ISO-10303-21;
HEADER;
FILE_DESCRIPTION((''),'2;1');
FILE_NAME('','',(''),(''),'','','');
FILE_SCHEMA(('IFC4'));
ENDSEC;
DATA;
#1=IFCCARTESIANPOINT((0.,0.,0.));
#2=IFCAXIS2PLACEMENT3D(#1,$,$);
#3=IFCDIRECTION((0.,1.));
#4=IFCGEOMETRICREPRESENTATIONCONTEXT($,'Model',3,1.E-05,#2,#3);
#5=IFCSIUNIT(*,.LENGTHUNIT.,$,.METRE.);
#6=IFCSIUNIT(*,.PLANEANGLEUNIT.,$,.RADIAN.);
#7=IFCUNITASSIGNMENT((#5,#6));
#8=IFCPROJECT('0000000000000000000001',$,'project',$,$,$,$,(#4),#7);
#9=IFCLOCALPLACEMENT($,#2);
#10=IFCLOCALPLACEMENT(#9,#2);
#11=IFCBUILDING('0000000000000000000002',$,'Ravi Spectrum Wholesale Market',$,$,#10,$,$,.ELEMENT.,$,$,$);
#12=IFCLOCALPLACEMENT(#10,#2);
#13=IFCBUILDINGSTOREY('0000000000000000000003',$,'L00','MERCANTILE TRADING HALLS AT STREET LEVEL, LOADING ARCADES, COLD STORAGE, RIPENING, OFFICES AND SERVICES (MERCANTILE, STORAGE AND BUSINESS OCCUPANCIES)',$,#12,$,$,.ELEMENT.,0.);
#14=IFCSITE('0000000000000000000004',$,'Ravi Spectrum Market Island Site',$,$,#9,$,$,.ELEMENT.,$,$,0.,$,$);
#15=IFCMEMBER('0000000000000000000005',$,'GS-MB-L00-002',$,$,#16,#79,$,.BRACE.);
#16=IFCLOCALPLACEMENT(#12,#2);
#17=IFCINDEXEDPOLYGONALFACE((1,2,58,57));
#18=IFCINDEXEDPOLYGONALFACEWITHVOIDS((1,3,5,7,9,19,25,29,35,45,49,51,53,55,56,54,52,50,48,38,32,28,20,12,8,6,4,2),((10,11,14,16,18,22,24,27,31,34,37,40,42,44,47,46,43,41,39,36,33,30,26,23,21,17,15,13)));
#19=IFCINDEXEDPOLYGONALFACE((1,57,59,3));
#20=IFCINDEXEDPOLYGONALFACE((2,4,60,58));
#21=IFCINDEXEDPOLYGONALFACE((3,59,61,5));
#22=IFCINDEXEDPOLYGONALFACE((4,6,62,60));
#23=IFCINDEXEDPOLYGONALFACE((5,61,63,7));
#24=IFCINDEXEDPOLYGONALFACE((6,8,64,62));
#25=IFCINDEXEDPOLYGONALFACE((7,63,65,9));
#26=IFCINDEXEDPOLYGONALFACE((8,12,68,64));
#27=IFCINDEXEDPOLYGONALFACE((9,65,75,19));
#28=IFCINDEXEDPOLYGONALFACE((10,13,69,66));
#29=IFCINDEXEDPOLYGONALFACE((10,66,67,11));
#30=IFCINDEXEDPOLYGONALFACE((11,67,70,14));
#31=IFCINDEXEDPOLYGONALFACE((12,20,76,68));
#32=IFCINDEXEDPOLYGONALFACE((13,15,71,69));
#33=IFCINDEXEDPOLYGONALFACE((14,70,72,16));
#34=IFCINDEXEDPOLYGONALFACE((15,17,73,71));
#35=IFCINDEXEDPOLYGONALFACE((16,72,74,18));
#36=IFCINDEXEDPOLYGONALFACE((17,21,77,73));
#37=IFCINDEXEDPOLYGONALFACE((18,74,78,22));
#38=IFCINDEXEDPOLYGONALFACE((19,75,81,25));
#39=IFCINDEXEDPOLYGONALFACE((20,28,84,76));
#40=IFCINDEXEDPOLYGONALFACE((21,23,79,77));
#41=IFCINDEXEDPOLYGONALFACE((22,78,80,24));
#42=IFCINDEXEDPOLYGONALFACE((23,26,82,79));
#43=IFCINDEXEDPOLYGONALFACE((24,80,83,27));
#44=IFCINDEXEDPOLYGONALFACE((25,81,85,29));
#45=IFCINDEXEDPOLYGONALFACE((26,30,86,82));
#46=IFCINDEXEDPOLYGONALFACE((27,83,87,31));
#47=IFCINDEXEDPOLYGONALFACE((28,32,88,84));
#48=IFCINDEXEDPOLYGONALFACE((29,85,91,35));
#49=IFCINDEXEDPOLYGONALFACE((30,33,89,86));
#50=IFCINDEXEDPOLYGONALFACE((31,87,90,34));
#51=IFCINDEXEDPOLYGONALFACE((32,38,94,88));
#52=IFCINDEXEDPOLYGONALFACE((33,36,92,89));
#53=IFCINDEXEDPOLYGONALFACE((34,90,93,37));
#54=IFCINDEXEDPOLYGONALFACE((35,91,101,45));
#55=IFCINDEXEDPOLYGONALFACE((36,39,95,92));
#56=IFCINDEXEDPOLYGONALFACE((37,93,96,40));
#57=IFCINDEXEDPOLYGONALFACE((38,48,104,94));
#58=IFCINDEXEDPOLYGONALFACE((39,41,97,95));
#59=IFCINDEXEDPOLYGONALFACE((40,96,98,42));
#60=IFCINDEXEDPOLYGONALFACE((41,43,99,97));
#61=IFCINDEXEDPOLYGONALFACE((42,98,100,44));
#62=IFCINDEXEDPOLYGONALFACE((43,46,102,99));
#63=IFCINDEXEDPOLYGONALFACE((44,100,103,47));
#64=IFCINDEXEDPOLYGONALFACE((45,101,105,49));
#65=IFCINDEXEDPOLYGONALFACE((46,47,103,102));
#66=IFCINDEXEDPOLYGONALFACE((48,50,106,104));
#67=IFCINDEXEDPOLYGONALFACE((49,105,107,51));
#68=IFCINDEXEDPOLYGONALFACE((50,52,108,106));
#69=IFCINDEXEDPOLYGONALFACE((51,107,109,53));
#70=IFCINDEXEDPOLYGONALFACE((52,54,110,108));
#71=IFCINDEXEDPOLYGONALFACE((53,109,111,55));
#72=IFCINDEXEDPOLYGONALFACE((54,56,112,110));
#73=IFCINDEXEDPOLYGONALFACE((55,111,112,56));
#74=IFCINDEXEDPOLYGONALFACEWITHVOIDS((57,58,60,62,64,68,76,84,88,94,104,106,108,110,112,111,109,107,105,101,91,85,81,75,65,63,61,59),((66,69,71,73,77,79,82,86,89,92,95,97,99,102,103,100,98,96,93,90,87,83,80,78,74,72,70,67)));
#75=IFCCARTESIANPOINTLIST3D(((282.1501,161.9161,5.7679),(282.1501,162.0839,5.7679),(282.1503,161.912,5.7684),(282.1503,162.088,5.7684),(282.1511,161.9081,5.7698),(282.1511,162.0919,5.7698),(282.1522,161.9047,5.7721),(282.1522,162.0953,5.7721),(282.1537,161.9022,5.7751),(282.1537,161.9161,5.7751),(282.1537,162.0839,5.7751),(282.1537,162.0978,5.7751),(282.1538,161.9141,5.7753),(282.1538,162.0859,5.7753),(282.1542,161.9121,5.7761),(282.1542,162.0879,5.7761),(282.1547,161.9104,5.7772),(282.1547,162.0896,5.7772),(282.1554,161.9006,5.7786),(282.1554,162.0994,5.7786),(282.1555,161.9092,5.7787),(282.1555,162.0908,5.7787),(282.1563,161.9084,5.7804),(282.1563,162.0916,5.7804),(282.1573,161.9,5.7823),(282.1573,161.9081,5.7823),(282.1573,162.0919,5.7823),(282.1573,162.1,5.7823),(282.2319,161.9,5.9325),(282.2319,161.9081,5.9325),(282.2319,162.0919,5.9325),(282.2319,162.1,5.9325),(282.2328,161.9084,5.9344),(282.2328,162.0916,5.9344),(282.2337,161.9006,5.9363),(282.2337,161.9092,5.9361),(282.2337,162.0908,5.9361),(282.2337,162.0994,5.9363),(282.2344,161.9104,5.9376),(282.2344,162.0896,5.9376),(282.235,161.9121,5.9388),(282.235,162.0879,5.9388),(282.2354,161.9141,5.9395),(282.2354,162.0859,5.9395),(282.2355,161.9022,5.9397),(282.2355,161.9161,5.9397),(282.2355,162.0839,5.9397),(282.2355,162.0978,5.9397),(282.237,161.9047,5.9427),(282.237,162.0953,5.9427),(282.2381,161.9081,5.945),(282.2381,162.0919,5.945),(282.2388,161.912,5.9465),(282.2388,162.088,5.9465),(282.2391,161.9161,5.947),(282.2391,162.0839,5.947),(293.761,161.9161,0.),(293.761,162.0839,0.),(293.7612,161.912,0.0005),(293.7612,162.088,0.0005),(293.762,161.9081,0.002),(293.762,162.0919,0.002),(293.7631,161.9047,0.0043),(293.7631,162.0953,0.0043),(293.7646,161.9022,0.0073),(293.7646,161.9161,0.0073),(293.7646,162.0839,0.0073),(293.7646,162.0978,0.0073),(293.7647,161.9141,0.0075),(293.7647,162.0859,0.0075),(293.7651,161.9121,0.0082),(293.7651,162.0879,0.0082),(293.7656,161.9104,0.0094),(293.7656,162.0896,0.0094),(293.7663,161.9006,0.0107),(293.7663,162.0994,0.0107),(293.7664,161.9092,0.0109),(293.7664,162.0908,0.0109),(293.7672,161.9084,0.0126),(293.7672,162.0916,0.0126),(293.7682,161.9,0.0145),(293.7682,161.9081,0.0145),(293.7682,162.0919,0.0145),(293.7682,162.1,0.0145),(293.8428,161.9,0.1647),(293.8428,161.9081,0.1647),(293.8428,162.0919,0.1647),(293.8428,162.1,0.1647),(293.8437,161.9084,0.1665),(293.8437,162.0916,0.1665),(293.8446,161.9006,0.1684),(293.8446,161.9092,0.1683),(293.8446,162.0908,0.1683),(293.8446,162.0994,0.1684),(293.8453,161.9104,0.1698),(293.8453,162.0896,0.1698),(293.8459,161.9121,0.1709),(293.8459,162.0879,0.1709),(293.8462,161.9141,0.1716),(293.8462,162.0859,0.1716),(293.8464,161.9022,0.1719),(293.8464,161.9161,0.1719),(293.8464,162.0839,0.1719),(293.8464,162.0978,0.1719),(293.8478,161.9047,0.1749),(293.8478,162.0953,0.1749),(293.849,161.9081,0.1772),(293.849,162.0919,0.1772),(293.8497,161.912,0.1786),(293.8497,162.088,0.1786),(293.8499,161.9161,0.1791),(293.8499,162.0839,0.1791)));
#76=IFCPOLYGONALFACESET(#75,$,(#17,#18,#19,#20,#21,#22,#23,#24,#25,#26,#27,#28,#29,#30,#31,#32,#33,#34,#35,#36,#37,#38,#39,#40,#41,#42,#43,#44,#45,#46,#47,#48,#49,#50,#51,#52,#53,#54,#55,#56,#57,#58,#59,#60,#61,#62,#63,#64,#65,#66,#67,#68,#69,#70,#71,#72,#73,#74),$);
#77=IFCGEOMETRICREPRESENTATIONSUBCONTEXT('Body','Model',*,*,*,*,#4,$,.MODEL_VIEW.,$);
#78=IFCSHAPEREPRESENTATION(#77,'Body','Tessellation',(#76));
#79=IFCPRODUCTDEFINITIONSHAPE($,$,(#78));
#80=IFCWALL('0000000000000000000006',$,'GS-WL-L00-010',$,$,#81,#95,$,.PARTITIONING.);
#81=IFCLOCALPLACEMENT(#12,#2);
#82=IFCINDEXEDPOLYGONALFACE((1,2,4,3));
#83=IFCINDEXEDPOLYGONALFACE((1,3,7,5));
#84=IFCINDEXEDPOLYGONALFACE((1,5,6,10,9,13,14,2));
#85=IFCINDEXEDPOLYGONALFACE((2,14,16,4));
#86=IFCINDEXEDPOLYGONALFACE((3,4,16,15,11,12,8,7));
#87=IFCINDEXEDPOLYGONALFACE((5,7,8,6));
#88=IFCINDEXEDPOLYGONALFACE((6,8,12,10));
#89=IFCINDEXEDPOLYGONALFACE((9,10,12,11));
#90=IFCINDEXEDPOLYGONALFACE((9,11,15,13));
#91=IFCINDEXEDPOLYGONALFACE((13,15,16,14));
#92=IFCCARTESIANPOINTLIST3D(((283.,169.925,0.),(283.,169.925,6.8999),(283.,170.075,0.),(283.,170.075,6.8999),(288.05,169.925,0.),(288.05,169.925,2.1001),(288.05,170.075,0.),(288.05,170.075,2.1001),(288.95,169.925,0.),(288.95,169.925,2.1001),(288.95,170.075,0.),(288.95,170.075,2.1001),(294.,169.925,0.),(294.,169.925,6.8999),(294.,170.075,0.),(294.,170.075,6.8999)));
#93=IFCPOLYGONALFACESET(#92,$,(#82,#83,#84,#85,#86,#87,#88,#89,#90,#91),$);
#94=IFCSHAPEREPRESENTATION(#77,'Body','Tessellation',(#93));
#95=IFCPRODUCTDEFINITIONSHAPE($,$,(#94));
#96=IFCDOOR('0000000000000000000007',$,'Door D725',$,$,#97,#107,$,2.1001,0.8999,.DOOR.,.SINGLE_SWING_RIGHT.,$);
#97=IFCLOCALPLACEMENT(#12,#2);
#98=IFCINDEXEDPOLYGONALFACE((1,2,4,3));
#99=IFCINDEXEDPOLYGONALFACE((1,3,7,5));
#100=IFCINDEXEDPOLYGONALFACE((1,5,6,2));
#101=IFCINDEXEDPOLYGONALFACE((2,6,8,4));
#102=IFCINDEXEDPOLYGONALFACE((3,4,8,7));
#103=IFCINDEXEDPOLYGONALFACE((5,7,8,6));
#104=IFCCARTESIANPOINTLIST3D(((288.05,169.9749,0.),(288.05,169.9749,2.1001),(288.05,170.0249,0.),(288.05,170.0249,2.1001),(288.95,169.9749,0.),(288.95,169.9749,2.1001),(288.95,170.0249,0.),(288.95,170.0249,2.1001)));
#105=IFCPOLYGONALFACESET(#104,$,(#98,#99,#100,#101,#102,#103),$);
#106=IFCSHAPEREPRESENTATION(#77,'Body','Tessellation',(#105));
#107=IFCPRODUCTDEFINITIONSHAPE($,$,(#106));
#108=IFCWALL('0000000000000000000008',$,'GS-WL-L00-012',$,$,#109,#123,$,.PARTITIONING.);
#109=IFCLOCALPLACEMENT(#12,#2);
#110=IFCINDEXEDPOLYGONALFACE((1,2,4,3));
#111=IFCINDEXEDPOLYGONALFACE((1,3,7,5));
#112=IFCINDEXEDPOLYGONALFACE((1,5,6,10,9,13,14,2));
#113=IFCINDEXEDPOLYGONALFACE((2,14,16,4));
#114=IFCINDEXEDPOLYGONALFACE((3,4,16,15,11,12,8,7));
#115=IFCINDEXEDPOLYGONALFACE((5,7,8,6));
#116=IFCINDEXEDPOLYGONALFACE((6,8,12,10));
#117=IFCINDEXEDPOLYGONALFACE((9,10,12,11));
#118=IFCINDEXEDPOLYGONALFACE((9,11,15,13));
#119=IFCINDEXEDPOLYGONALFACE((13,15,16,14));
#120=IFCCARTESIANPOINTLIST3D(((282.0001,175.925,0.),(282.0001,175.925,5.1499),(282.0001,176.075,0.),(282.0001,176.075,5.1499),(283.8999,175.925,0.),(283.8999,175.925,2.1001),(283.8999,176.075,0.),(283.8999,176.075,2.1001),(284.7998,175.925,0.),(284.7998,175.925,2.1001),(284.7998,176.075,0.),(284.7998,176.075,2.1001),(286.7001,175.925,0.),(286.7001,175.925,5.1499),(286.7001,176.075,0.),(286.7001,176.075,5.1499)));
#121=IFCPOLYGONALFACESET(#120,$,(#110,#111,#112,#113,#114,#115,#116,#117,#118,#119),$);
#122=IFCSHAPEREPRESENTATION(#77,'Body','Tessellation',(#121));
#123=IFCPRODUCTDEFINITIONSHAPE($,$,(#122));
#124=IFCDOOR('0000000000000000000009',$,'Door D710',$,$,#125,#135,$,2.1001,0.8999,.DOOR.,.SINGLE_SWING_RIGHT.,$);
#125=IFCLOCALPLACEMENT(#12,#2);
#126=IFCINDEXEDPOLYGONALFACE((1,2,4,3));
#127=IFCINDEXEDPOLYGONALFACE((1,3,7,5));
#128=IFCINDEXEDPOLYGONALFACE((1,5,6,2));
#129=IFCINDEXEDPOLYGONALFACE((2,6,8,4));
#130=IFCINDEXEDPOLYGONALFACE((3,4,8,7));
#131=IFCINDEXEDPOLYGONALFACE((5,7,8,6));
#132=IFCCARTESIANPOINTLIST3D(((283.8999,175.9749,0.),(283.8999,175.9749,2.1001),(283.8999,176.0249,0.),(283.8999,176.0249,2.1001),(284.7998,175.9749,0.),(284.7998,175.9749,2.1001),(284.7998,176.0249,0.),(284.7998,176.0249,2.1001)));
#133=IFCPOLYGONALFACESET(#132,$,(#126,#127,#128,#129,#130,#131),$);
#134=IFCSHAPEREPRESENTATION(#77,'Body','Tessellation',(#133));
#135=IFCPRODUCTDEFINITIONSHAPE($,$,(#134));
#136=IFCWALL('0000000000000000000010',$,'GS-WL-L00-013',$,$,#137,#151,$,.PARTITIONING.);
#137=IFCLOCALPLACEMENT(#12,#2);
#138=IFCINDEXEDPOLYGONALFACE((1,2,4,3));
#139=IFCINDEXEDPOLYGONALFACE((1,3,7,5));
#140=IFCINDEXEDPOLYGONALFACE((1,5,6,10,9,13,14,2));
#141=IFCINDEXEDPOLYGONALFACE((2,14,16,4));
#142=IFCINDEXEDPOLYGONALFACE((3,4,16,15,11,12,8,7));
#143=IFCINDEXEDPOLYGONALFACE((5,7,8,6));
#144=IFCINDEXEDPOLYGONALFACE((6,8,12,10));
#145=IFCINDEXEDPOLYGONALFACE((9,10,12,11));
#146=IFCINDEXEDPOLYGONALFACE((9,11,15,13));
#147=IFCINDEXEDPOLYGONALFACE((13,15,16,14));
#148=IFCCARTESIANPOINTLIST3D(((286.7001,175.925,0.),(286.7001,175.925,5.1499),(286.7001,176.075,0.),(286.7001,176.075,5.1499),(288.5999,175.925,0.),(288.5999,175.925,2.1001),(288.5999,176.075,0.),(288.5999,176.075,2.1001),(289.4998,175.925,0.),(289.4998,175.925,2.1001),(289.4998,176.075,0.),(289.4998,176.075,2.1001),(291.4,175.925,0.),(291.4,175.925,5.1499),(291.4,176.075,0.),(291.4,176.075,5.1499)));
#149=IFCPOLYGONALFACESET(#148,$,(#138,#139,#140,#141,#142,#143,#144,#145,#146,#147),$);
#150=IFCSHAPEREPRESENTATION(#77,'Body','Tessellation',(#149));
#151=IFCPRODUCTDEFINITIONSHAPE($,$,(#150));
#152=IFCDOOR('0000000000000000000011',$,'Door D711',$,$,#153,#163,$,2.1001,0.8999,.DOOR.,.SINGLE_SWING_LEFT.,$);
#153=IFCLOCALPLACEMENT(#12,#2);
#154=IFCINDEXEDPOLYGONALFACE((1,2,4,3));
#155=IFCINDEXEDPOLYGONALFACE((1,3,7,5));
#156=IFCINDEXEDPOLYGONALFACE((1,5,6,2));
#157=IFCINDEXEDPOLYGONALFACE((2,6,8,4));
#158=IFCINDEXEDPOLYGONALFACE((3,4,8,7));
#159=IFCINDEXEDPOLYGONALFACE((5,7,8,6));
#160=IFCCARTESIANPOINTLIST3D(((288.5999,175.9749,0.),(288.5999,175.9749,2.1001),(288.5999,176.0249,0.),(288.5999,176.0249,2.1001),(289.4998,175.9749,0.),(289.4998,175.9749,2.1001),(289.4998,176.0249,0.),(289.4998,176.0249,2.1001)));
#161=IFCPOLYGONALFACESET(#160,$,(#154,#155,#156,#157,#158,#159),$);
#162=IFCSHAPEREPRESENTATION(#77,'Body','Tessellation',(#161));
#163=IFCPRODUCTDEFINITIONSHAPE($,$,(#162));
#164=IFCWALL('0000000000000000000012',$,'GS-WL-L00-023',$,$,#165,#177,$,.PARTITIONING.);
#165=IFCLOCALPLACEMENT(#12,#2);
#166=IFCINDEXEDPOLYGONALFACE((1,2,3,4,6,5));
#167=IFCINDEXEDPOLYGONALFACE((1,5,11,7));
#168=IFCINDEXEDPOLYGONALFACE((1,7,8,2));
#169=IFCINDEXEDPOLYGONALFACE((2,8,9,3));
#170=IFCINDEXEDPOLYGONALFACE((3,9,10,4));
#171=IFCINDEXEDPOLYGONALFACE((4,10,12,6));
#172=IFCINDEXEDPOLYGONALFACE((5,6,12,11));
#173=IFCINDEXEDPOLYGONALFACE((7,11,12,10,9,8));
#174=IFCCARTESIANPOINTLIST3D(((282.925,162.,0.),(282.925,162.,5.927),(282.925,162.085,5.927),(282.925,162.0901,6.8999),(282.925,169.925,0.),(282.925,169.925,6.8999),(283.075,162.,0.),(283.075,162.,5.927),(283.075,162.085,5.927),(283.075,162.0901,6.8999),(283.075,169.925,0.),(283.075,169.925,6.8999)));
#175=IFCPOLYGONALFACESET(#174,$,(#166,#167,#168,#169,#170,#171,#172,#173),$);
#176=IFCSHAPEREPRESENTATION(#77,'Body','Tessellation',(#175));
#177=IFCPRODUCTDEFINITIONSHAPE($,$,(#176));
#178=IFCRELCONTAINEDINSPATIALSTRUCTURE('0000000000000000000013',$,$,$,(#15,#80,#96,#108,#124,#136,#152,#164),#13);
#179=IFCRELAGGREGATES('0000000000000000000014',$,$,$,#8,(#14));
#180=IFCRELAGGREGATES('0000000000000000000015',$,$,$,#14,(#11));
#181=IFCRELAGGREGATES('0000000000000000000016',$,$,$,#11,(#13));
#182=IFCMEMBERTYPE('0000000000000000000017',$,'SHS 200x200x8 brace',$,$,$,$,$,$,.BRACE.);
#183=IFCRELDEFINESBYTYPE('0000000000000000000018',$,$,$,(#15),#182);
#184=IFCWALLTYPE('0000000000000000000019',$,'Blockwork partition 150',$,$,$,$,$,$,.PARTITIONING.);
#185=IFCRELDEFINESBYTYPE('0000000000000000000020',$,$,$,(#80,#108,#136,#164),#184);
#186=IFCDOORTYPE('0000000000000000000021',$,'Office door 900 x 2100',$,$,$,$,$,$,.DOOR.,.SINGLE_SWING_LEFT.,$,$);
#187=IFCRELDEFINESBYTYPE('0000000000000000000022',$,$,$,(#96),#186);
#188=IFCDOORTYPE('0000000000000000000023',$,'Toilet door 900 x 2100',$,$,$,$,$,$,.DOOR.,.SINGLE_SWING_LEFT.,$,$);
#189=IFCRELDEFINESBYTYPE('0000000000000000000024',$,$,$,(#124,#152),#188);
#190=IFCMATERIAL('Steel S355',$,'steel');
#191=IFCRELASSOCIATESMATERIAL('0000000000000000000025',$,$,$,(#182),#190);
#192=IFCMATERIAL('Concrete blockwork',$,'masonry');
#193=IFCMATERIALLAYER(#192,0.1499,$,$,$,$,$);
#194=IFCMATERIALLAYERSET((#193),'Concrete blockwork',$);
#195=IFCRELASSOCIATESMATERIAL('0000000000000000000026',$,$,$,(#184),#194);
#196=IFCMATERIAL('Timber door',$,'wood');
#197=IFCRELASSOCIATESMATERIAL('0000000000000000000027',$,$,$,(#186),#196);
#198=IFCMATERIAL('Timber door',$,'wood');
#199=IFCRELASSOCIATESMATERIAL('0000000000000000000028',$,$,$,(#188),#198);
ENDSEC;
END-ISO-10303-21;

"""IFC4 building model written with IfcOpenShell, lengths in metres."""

from ifc_helpers import new_model, si_unit, direction, frame, frame_2d, origin, origin_2d, place, context, subcontext, project, spatial, polyline, rectangle, hollow_rectangle, outline, extrude, material, layer, layer_set, material_profile, profile_set, type_object, element, fill, save


model = new_model("IFC4")

# Units and contexts
model_context = context("Model", 3, precision=1e-05, world=origin(), true_north=direction((0.0, 1.0)))
body_context = subcontext(model_context, "Body", "Model", "MODEL_VIEW")
ifc_project = project(units=[si_unit("LENGTHUNIT", "METRE"), si_unit("PLANEANGLEUNIT", "RADIAN")], contexts=[model_context])

# Site, building, storey
site_placement = place(None, origin())
site = spatial("IfcSite", under=ifc_project, at=site_placement, Name="Ravi Spectrum Market Island Site", CompositionType="ELEMENT", RefElevation=0.0)
building_placement = place(site_placement, origin())
building = spatial("IfcBuilding", under=site, at=building_placement, Name="Ravi Spectrum Wholesale Market", CompositionType="ELEMENT")
storey_placement = place(building_placement, origin())
storey = spatial("IfcBuildingStorey", under=building, at=storey_placement, Name="L00", Description="MERCANTILE TRADING HALLS AT STREET LEVEL, LOADING ARCADES, COLD STORAGE, RIPENING, OFFICES AND SERVICES (MERCANTILE, STORAGE AND BUSINESS OCCUPANCIES)", CompositionType="ELEMENT", Elevation=0.0)

# Member
ifc_material_1 = material(Name="Steel S355", Category="steel")
ifc_material_profile_1 = material_profile(ifc_material_1, hollow_rectangle(XDim=0.2, YDim=0.2, WallThickness=0.0081, InnerFilletRadius=0.0081, OuterFilletRadius=0.0161, at=origin_2d()))
ifc_profile_set_1 = profile_set([ifc_material_profile_1], Name="Steel S355")
member_type = type_object("IfcMemberType", Name="SHS 200x200x8 brace", PredefinedType="BRACE", material=ifc_profile_set_1)
member_placement = place(storey_placement, frame((282.1946, 162.0, 5.8574), z_axis=(0.895584, 0.0, -0.444892), x_axis=(0.0, 1.0, 0.0)))
element("IfcMember", 1, at=member_placement, inside=storey, type_object=member_type, Name="GS-MB-L00-002", PredefinedType="BRACE", context=body_context, shape_type="SweptSolid", body=[
    extrude(hollow_rectangle(XDim=0.2, YDim=0.2, WallThickness=0.0081, InnerFilletRadius=0.0081, OuterFilletRadius=0.0161, at=origin_2d()), origin(), (0.0, 0.0, 1.0), 12.9646),
])

# Walls, openings, doors
ifc_material_2 = material(Name="Concrete blockwork", Category="masonry")
ifc_layer_1 = layer(ifc_material_2, 0.1499)
ifc_layer_set_1 = layer_set([ifc_layer_1], Name="Concrete blockwork")
wall_type_1 = type_object("IfcWallType", Name="Blockwork partition 150", PredefinedType="PARTITIONING", material=ifc_layer_set_1)
wall_1_placement = place(storey_placement, frame((283.0, 170.0, 0.0), z_axis=(0.0, 0.0, 1.0), x_axis=(1.0, 0.0, 0.0)))
wall_1 = element("IfcWall", 2, at=wall_1_placement, inside=storey, type_object=wall_type_1, Name="GS-WL-L00-010", PredefinedType="PARTITIONING", context=body_context, shape_type="SweptSolid", body=[
    extrude(rectangle(XDim=11.0, YDim=0.1499, at=frame_2d((5.5, 0.0))), origin(), (0.0, 0.0, 1.0), 6.8999),
])
opening_1_placement = place(wall_1_placement, frame((5.05, 0.0, 0.0)))
opening_1 = element("IfcOpeningElement", 3, at=opening_1_placement, cuts=wall_1, PredefinedType="OPENING", context=body_context, shape_type="SweptSolid", body=[
    extrude(rectangle(XDim=0.8999, YDim=2.1001, at=frame_2d((0.45, 1.05))), frame((0.0, 0.085, 0.0), z_axis=(0.0, -1.0, 0.0), x_axis=(1.0, 0.0, 0.0)), (0.0, 0.0, 1.0), 0.1699),
])
ifc_material_3 = material(Name="Timber door", Category="wood")
door_type_1 = type_object("IfcDoorType", Name="Office door 900 x 2100", OperationType="SINGLE_SWING_LEFT", PredefinedType="DOOR", material=ifc_material_3)
door_1_placement = place(opening_1_placement, origin())
door_1 = element("IfcDoor", 4, at=door_1_placement, inside=storey, type_object=door_type_1, Name="Door D725", OperationType="SINGLE_SWING_RIGHT", OverallHeight=2.1001, OverallWidth=0.8999, PredefinedType="DOOR", context=body_context, shape_type="SweptSolid", body=[
    extrude(rectangle(XDim=0.8999, YDim=2.1001, at=frame_2d((0.45, 1.05))), frame((0.0, 0.0249, 0.0), z_axis=(0.0, -1.0, 0.0), x_axis=(1.0, 0.0, 0.0)), (0.0, 0.0, 1.0), 0.05),
])
fill(opening_1, door_1)
wall_2_placement = place(storey_placement, frame((282.0, 176.0, 0.0), z_axis=(0.0, 0.0, 1.0), x_axis=(1.0, 0.0, 0.0)))
wall_2 = element("IfcWall", 5, at=wall_2_placement, inside=storey, type_object=wall_type_1, Name="GS-WL-L00-012", PredefinedType="PARTITIONING", context=body_context, shape_type="SweptSolid", body=[
    extrude(rectangle(XDim=4.7, YDim=0.1499, at=frame_2d((2.3501, 0.0))), origin(), (0.0, 0.0, 1.0), 5.1499),
])
opening_2_placement = place(wall_2_placement, frame((1.8999, 0.0, 0.0)))
opening_2 = element("IfcOpeningElement", 6, at=opening_2_placement, cuts=wall_2, PredefinedType="OPENING", context=body_context, shape_type="SweptSolid", body=[
    extrude(rectangle(XDim=0.8999, YDim=2.1001, at=frame_2d((0.45, 1.05))), frame((0.0, 0.085, 0.0), z_axis=(0.0, -1.0, 0.0), x_axis=(1.0, 0.0, 0.0)), (0.0, 0.0, 1.0), 0.1699),
])
ifc_material_4 = material(Name="Timber door", Category="wood")
door_type_2 = type_object("IfcDoorType", Name="Toilet door 900 x 2100", OperationType="SINGLE_SWING_LEFT", PredefinedType="DOOR", material=ifc_material_4)
door_2_placement = place(opening_2_placement, origin())
door_2 = element("IfcDoor", 7, at=door_2_placement, inside=storey, type_object=door_type_2, Name="Door D710", OperationType="SINGLE_SWING_RIGHT", OverallHeight=2.1001, OverallWidth=0.8999, PredefinedType="DOOR", context=body_context, shape_type="SweptSolid", body=[
    extrude(rectangle(XDim=0.8999, YDim=2.1001, at=frame_2d((0.45, 1.05))), frame((0.0, 0.0249, 0.0), z_axis=(0.0, -1.0, 0.0), x_axis=(1.0, 0.0, 0.0)), (0.0, 0.0, 1.0), 0.05),
])
fill(opening_2, door_2)
wall_3_placement = place(storey_placement, frame((286.7, 176.0, 0.0), z_axis=(0.0, 0.0, 1.0), x_axis=(1.0, 0.0, 0.0)))
wall_3 = element("IfcWall", 8, at=wall_3_placement, inside=storey, type_object=wall_type_1, Name="GS-WL-L00-013", PredefinedType="PARTITIONING", context=body_context, shape_type="SweptSolid", body=[
    extrude(rectangle(XDim=4.7, YDim=0.1499, at=frame_2d((2.3501, 0.0))), origin(), (0.0, 0.0, 1.0), 5.1499),
])
opening_3_placement = place(wall_3_placement, frame((1.8999, 0.0, 0.0)))
opening_3 = element("IfcOpeningElement", 9, at=opening_3_placement, cuts=wall_3, PredefinedType="OPENING", context=body_context, shape_type="SweptSolid", body=[
    extrude(rectangle(XDim=0.8999, YDim=2.1001, at=frame_2d((0.45, 1.05))), frame((0.0, 0.085, 0.0), z_axis=(0.0, -1.0, 0.0), x_axis=(1.0, 0.0, 0.0)), (0.0, 0.0, 1.0), 0.1699),
])
door_3_placement = place(opening_3_placement, origin())
door_3 = element("IfcDoor", 10, at=door_3_placement, inside=storey, type_object=door_type_2, Name="Door D711", OperationType="SINGLE_SWING_LEFT", OverallHeight=2.1001, OverallWidth=0.8999, PredefinedType="DOOR", context=body_context, shape_type="SweptSolid", body=[
    extrude(rectangle(XDim=0.8999, YDim=2.1001, at=frame_2d((0.45, 1.05))), frame((0.0, 0.0249, 0.0), z_axis=(0.0, -1.0, 0.0), x_axis=(1.0, 0.0, 0.0)), (0.0, 0.0, 1.0), 0.05),
])
fill(opening_3, door_3)

# Wall
wall_4_placement = place(storey_placement, frame((283.0, 162.0, 0.0), z_axis=(0.0, 0.0, 1.0), x_axis=(0.0, 1.0, 0.0)))
element("IfcWall", 11, at=wall_4_placement, inside=storey, type_object=wall_type_1, Name="GS-WL-L00-023", PredefinedType="PARTITIONING", context=body_context, shape_type="SweptSolid", body=[
    extrude(outline(polyline([(0.0, 0.0), (7.925, 0.0), (7.925, 6.8999), (0.0901, 6.8999), (0.085, 5.927), (0.0, 5.927), (0.0, 0.0)])), frame((0.0, 0.075, 0.0), z_axis=(0.0, -1.0, 0.0), x_axis=(1.0, 0.0, 0.0)), (0.0, 0.0, 1.0), 0.1499),
])

save(model, "model.ifc")
